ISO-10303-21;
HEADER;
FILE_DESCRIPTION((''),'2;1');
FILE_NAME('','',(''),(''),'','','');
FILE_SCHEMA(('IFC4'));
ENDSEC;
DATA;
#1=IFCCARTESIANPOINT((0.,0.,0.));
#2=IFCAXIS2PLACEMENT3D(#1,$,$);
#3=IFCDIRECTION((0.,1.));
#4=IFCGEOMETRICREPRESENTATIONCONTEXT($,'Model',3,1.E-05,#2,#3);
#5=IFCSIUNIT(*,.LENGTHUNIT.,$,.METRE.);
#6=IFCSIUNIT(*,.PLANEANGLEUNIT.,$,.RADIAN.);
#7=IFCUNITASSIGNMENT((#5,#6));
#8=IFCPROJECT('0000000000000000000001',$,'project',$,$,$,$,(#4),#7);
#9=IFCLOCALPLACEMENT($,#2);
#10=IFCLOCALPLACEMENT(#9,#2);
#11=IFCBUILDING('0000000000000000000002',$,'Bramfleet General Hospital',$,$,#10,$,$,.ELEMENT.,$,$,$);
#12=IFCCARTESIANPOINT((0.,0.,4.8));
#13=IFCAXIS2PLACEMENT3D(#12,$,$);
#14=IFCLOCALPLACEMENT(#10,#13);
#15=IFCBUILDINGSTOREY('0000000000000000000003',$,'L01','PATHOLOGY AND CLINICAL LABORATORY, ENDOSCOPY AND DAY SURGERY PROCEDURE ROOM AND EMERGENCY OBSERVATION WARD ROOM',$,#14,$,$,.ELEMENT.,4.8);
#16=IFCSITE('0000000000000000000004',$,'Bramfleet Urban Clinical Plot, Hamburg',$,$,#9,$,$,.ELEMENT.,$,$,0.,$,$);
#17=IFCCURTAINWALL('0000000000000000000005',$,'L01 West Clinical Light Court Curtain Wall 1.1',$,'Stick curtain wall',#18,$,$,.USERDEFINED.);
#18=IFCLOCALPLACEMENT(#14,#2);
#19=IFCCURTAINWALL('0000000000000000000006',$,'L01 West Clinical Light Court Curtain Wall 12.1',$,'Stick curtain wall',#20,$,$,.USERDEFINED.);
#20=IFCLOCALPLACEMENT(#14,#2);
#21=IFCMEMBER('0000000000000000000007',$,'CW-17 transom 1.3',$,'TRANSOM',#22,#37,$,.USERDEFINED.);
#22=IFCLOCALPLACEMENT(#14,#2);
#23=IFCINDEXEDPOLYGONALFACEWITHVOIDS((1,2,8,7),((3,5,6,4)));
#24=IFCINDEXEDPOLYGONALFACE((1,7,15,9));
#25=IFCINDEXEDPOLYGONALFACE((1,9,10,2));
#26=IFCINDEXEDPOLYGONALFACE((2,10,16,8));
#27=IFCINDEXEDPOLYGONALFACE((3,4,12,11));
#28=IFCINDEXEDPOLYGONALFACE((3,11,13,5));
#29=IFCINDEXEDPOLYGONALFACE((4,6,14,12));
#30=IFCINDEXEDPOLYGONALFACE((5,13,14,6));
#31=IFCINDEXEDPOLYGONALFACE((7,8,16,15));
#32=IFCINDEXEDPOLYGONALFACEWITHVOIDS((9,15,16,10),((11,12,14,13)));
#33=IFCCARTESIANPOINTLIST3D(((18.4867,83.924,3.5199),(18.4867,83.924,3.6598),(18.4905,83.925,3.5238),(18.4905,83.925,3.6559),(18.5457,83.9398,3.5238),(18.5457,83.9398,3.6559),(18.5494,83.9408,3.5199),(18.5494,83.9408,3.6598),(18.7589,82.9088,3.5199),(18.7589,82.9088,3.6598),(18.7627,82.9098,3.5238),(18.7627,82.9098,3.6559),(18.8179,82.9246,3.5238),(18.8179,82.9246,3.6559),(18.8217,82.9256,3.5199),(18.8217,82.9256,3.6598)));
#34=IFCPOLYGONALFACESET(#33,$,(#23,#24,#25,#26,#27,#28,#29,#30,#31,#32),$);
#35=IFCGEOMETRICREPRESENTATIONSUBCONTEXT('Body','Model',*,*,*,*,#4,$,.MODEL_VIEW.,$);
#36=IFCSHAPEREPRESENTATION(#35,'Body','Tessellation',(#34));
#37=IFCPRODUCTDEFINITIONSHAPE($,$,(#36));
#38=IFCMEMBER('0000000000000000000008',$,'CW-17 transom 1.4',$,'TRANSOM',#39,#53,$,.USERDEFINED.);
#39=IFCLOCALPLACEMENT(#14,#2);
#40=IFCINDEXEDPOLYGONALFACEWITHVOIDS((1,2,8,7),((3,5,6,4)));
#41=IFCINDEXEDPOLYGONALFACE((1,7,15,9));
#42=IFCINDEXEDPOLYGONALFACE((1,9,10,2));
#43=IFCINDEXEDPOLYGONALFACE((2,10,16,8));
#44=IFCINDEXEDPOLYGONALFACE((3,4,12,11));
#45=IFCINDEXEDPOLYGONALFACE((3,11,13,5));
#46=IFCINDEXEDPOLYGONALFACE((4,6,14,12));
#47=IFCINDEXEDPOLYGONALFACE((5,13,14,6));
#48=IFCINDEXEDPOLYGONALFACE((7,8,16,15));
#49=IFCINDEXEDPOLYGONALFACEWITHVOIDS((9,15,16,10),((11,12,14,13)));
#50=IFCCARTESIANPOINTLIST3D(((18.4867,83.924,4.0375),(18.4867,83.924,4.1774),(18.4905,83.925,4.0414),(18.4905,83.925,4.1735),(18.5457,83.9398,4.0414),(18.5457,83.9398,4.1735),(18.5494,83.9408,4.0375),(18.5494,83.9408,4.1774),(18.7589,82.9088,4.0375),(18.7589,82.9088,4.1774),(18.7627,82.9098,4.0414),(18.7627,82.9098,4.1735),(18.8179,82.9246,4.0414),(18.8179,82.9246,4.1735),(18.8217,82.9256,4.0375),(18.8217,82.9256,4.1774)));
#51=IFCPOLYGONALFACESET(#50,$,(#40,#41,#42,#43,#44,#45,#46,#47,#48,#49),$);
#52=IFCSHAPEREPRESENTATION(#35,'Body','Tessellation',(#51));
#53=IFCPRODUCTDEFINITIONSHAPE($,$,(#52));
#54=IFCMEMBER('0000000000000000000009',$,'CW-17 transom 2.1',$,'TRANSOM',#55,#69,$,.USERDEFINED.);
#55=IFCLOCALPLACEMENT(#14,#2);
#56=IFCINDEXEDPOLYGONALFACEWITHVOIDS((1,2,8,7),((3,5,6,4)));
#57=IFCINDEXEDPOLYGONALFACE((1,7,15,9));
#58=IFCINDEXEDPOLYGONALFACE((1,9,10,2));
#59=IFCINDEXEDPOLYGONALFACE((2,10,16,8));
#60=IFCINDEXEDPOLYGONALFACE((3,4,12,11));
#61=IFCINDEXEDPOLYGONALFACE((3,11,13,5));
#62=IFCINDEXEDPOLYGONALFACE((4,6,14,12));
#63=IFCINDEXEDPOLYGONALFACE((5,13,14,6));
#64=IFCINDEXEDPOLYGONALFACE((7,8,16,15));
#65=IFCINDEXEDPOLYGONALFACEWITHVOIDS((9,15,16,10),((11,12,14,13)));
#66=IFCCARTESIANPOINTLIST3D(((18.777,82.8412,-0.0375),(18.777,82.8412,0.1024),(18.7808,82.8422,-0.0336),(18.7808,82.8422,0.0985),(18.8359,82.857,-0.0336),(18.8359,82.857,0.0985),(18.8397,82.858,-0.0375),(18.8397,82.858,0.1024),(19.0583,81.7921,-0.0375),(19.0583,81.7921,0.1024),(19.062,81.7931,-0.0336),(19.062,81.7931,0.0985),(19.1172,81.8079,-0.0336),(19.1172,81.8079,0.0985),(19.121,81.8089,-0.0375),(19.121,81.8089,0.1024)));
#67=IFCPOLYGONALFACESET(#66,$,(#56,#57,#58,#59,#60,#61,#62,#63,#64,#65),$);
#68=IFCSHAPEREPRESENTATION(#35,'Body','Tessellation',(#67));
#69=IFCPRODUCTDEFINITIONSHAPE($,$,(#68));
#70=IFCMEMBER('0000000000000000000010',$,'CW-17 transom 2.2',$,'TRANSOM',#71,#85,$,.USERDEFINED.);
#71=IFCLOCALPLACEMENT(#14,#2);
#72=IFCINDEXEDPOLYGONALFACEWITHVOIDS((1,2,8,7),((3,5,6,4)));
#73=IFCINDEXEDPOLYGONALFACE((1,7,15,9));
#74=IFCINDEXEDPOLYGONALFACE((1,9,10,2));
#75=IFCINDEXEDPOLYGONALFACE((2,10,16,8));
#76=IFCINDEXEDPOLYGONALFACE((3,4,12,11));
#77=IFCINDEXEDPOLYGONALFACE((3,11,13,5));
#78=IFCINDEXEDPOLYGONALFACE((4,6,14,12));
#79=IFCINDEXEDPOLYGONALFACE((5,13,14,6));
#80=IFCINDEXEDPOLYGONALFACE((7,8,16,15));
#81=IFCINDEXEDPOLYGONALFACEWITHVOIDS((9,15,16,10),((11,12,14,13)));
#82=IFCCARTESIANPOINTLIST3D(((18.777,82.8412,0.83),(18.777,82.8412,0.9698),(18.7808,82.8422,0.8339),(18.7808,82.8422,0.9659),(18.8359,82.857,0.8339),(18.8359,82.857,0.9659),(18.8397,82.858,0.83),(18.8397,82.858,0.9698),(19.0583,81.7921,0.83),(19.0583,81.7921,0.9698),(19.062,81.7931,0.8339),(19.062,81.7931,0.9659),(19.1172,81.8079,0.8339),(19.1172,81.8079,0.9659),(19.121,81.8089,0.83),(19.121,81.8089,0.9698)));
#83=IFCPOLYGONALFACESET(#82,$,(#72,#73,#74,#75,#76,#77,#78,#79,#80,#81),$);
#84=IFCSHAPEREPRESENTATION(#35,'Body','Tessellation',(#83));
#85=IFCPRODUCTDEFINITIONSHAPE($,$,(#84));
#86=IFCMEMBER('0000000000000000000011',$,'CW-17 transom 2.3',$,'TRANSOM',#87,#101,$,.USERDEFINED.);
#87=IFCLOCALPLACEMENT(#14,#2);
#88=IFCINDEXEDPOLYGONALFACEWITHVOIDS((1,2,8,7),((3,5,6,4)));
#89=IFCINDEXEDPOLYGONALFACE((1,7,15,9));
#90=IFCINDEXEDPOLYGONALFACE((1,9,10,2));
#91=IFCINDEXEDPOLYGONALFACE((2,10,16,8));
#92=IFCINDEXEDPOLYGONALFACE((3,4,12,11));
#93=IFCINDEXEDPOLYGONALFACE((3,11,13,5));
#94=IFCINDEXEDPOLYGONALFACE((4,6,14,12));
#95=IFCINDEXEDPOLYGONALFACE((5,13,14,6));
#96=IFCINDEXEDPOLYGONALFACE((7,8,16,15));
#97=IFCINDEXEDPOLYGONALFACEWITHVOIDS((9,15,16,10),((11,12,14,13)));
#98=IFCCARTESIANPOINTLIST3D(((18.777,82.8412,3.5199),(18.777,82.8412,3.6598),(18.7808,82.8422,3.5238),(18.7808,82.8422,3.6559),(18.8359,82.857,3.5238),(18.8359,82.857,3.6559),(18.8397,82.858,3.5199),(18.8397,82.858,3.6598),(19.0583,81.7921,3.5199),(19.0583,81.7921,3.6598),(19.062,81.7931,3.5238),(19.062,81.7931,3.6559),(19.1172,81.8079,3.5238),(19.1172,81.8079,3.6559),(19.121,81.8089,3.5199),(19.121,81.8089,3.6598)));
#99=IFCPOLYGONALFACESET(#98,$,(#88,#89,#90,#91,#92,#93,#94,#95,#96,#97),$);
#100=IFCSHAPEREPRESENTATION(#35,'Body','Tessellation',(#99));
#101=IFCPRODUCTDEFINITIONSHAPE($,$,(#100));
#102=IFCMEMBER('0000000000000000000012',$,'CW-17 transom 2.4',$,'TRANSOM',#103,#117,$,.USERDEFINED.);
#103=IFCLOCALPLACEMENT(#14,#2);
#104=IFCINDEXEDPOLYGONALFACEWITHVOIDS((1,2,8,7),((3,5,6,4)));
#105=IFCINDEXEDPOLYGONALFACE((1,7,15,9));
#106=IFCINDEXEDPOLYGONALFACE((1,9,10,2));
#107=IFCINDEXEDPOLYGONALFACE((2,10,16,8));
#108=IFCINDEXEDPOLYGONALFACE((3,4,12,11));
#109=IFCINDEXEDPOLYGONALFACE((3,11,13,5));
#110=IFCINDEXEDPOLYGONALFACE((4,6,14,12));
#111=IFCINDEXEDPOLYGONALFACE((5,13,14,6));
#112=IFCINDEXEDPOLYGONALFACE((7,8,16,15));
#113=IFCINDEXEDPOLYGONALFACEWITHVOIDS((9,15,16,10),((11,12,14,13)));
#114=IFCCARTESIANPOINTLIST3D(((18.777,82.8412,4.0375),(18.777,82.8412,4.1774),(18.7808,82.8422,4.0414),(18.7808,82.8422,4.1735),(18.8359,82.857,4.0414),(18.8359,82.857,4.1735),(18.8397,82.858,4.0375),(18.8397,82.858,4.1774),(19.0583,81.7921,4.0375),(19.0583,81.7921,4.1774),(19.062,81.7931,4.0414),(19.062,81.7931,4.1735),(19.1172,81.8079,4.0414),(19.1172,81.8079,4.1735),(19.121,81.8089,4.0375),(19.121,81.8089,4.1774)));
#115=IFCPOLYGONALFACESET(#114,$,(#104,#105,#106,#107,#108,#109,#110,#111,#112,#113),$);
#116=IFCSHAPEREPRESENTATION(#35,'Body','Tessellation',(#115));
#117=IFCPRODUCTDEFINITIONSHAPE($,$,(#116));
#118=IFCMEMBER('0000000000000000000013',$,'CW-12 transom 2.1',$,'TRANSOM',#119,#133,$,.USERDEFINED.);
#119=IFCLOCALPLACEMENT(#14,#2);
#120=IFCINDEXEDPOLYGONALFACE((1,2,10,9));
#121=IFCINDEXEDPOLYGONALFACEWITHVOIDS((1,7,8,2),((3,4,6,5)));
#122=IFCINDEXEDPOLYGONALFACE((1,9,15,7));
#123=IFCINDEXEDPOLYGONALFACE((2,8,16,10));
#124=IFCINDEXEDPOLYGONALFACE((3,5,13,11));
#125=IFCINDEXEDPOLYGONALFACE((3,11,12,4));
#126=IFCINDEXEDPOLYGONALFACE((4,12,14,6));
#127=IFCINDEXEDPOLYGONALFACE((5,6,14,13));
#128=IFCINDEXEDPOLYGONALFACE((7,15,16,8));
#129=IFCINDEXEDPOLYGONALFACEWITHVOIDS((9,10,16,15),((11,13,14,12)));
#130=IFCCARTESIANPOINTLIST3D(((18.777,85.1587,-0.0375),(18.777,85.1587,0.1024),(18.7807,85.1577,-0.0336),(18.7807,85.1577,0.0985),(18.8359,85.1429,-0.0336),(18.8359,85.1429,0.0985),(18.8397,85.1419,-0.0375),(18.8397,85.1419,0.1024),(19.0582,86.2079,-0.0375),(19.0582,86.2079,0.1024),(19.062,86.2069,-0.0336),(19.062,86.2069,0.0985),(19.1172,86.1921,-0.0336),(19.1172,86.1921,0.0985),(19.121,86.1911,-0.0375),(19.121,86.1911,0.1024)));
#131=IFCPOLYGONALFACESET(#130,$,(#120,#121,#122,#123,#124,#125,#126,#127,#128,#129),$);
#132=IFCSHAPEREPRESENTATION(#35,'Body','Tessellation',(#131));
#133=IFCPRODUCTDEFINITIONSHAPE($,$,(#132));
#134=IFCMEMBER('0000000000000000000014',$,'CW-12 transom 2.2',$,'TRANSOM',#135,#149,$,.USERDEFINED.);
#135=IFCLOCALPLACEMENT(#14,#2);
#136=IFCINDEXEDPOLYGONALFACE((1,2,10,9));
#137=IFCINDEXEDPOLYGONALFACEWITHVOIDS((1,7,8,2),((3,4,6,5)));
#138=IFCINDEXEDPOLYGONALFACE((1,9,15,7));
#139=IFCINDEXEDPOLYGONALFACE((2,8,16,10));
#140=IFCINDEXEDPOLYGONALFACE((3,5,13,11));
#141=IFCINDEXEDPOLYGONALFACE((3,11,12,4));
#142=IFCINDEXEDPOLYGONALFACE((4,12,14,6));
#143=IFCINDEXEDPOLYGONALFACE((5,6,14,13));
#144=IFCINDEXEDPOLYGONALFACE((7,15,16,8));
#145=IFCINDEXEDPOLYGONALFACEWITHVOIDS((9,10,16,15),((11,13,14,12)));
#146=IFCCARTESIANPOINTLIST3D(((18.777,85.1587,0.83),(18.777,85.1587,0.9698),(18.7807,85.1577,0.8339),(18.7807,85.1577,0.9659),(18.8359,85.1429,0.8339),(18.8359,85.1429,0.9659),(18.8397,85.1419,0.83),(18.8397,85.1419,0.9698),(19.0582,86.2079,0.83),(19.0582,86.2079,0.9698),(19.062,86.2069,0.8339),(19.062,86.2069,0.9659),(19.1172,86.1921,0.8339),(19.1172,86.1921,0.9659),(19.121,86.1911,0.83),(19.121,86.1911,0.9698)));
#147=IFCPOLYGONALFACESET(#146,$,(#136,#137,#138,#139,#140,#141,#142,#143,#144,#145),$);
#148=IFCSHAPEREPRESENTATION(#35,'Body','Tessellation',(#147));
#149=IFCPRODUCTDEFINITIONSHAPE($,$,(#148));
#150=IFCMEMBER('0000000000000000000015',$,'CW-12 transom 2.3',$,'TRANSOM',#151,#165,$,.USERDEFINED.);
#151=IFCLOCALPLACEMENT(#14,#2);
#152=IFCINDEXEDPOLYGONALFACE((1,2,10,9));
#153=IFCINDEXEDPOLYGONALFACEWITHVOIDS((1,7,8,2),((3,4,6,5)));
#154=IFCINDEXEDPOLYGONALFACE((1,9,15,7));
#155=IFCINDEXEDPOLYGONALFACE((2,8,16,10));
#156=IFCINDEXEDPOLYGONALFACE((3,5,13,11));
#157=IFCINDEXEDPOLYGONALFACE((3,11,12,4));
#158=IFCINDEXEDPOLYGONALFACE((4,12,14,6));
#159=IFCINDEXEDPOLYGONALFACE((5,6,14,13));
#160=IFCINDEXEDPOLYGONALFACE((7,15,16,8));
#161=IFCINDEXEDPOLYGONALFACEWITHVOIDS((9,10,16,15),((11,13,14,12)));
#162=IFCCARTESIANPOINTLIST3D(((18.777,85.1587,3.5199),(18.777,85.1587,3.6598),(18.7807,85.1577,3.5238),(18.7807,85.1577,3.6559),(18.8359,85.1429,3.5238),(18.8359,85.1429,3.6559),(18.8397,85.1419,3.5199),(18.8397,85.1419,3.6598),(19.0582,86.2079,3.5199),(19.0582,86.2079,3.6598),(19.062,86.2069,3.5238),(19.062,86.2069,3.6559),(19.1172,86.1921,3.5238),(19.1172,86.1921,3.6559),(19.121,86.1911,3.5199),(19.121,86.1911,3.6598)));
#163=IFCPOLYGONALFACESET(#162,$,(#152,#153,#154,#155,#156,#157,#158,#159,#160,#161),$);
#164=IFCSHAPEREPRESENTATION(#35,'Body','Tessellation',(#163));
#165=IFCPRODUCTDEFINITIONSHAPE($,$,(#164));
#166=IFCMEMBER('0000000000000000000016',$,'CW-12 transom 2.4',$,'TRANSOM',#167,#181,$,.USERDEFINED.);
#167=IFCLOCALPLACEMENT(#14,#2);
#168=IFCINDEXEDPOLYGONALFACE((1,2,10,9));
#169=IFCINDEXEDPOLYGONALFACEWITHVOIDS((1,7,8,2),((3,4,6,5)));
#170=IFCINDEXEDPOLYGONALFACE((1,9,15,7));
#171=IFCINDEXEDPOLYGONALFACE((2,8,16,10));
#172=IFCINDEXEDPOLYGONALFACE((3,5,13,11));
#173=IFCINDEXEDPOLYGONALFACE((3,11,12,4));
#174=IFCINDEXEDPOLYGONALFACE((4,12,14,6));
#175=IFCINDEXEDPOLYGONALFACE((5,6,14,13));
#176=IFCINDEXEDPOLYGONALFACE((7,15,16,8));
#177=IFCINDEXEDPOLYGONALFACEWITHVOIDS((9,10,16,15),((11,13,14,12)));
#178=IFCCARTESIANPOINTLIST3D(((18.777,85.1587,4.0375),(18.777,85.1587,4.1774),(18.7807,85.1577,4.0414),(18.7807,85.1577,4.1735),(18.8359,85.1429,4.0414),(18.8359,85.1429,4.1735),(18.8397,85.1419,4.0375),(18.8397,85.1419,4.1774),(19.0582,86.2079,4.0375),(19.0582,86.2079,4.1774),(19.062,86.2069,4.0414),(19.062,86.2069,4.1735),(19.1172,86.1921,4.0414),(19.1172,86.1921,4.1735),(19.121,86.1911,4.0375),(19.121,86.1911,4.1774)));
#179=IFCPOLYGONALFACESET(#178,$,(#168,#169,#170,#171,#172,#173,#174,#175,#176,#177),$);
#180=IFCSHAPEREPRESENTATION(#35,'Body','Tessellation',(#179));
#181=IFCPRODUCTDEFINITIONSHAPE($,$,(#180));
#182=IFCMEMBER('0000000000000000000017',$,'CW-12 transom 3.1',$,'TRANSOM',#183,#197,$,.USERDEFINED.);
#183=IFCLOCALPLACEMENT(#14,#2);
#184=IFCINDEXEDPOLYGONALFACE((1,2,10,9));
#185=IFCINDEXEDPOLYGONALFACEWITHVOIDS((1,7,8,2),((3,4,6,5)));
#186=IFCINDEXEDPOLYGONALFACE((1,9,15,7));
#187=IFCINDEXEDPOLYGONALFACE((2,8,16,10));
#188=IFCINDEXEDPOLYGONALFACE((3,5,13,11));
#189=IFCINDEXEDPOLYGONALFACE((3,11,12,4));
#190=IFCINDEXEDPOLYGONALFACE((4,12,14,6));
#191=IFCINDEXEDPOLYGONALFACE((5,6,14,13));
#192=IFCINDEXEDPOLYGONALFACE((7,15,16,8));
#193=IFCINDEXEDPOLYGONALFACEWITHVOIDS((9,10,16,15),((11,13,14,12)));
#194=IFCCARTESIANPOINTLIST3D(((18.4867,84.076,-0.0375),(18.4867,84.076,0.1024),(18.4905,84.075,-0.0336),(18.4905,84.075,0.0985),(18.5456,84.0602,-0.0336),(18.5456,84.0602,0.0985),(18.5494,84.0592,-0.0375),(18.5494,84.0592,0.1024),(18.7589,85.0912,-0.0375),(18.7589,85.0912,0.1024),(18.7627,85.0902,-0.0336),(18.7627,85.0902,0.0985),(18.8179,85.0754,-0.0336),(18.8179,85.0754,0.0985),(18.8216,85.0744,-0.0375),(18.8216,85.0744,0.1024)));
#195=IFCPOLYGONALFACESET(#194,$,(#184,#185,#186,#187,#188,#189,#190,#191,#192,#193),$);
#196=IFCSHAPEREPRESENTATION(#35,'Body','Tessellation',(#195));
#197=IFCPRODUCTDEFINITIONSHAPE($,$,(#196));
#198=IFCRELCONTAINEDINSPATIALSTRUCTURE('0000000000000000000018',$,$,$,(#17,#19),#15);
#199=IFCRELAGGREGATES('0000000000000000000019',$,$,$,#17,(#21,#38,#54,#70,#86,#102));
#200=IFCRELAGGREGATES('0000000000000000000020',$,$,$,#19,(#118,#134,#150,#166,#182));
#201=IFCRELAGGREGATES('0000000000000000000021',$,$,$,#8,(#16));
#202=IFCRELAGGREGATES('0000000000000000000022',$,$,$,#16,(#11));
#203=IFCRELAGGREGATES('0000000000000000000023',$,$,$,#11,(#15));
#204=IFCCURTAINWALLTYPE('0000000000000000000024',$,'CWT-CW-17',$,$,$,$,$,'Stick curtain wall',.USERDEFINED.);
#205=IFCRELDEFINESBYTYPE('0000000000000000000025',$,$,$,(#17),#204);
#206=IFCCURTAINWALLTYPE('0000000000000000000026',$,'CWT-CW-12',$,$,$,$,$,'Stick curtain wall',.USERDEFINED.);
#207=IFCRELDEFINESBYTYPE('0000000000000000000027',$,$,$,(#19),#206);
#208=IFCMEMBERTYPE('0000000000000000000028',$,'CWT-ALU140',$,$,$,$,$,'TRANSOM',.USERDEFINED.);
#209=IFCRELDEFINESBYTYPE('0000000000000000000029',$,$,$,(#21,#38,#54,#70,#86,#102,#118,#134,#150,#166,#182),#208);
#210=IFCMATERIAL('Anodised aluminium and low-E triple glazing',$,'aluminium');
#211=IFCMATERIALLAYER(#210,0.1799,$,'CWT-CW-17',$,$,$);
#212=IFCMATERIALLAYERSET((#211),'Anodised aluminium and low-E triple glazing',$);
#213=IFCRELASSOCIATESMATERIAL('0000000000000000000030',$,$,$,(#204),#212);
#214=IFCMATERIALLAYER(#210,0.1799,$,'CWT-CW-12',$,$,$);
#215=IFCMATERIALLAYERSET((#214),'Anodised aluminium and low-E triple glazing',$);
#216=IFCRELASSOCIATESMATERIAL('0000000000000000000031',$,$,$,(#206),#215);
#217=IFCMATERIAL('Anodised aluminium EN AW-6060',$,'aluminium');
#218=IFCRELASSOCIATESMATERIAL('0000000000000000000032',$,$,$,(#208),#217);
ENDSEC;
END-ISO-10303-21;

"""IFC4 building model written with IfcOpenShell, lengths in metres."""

from ifc_helpers import new_model, si_unit, direction, frame, origin, origin_2d, place, context, subcontext, project, spatial, hollow_rectangle, extrude, material, layer, layer_set, material_profile, profile_set, type_object, element, aggregate, save


model = new_model("IFC4")

# Units and contexts
model_context = context("Model", 3, precision=1e-05, world=origin(), true_north=direction((0.0, 1.0)))
body_context = subcontext(model_context, "Body", "Model", "MODEL_VIEW")
ifc_project = project(units=[si_unit("LENGTHUNIT", "METRE"), si_unit("PLANEANGLEUNIT", "RADIAN")], contexts=[model_context])

# Site, building, storey
site_placement = place(None, origin())
site = spatial("IfcSite", under=ifc_project, at=site_placement, Name="Bramfleet Urban Clinical Plot, Hamburg", CompositionType="ELEMENT", RefElevation=0.0)
building_placement = place(site_placement, origin())
building = spatial("IfcBuilding", under=site, at=building_placement, Name="Bramfleet General Hospital", CompositionType="ELEMENT")
storey_placement = place(building_placement, frame((0.0, 0.0, 4.8)))
storey = spatial("IfcBuildingStorey", under=building, at=storey_placement, Name="L01", Description="PATHOLOGY AND CLINICAL LABORATORY, ENDOSCOPY AND DAY SURGERY PROCEDURE ROOM AND EMERGENCY OBSERVATION WARD ROOM", CompositionType="ELEMENT", Elevation=4.8)

# Curtain walls
ifc_material_1 = material(Name="Anodised aluminium and low-E triple glazing", Category="aluminium")
ifc_layer_1 = layer(ifc_material_1, 0.1799, Name="CWT-CW-17")
ifc_layer_set_1 = layer_set([ifc_layer_1], Name="Anodised aluminium and low-E triple glazing")
curtain_wall_type_1 = type_object("IfcCurtainWallType", Name="CWT-CW-17", ElementType="Stick curtain wall", PredefinedType="USERDEFINED", material=ifc_layer_set_1)
curtain_wall_1_placement = place(storey_placement, origin())
curtain_wall_1 = element("IfcCurtainWall", 1, at=curtain_wall_1_placement, inside=storey, type_object=curtain_wall_type_1, Name="L01 West Clinical Light Court Curtain Wall 1.1", ObjectType="Stick curtain wall", PredefinedType="USERDEFINED")
ifc_material_2 = material(Name="Anodised aluminium EN AW-6060", Category="aluminium")
ifc_layer_2 = layer(ifc_material_1, 0.1799, Name="CWT-CW-12")
ifc_layer_set_2 = layer_set([ifc_layer_2], Name="Anodised aluminium and low-E triple glazing")
curtain_wall_type_2 = type_object("IfcCurtainWallType", Name="CWT-CW-12", ElementType="Stick curtain wall", PredefinedType="USERDEFINED", material=ifc_layer_set_2)
curtain_wall_2_placement = place(storey_placement, origin())
curtain_wall_2 = element("IfcCurtainWall", 2, at=curtain_wall_2_placement, inside=storey, type_object=curtain_wall_type_2, Name="L01 West Clinical Light Court Curtain Wall 12.1", ObjectType="Stick curtain wall", PredefinedType="USERDEFINED")

# Members
ifc_material_profile_1 = material_profile(ifc_material_2, hollow_rectangle(XDim=0.0649, YDim=0.1399, WallThickness=0.0039, at=origin_2d()), Name="ALU 140x65x4.0")
ifc_profile_set_1 = profile_set([ifc_material_profile_1], Name="Anodised aluminium EN AW-6060")
member_type_1 = type_object("IfcMemberType", Name="CWT-ALU140", ElementType="TRANSOM", PredefinedType="USERDEFINED", material=ifc_profile_set_1)
member_1_placement = place(storey_placement, frame((18.5181, 83.9324, 3.5898), z_axis=(0.259007, -0.965875, 0.0), x_axis=(0.965875, 0.259007, 0.0)))
member_1 = element("IfcMember", 3, at=member_1_placement, type_object=member_type_1, Name="CW-17 transom 1.3", ObjectType="TRANSOM", PredefinedType="USERDEFINED", context=body_context, shape_type="SweptSolid", body=[
    extrude(hollow_rectangle(XDim=0.0649, YDim=0.1399, WallThickness=0.0039, at=origin_2d()), origin(), (0.0, 0.0, 1.0), 1.051),
])
member_2_placement = place(storey_placement, frame((18.5181, 83.9324, 4.1074), z_axis=(0.259007, -0.965875, 0.0), x_axis=(0.965875, 0.259007, 0.0)))
member_2 = element("IfcMember", 4, at=member_2_placement, type_object=member_type_1, Name="CW-17 transom 1.4", ObjectType="TRANSOM", PredefinedType="USERDEFINED", context=body_context, shape_type="SweptSolid", body=[
    extrude(hollow_rectangle(XDim=0.0649, YDim=0.1399, WallThickness=0.0039, at=origin_2d()), origin(), (0.0, 0.0, 1.0), 1.051),
])
member_3_placement = place(storey_placement, frame((18.8083, 82.8496, 0.0325), z_axis=(0.25895, -0.965891, 0.0), x_axis=(0.965891, 0.25895, 0.0)))
member_3 = element("IfcMember", 5, at=member_3_placement, type_object=member_type_1, Name="CW-17 transom 2.1", ObjectType="TRANSOM", PredefinedType="USERDEFINED", context=body_context, shape_type="SweptSolid", body=[
    extrude(hollow_rectangle(XDim=0.0649, YDim=0.1399, WallThickness=0.0039, at=origin_2d()), origin(), (0.0, 0.0, 1.0), 1.0862),
])
member_4_placement = place(storey_placement, frame((18.8083, 82.8496, 0.8999), z_axis=(0.25895, -0.965891, 0.0), x_axis=(0.965891, 0.25895, 0.0)))
member_4 = element("IfcMember", 6, at=member_4_placement, type_object=member_type_1, Name="CW-17 transom 2.2", ObjectType="TRANSOM", PredefinedType="USERDEFINED", context=body_context, shape_type="SweptSolid", body=[
    extrude(hollow_rectangle(XDim=0.0649, YDim=0.1399, WallThickness=0.0039, at=origin_2d()), origin(), (0.0, 0.0, 1.0), 1.0862),
])
member_5_placement = place(storey_placement, frame((18.8083, 82.8496, 3.5898), z_axis=(0.25895, -0.965891, 0.0), x_axis=(0.965891, 0.25895, 0.0)))
member_5 = element("IfcMember", 7, at=member_5_placement, type_object=member_type_1, Name="CW-17 transom 2.3", ObjectType="TRANSOM", PredefinedType="USERDEFINED", context=body_context, shape_type="SweptSolid", body=[
    extrude(hollow_rectangle(XDim=0.0649, YDim=0.1399, WallThickness=0.0039, at=origin_2d()), origin(), (0.0, 0.0, 1.0), 1.0862),
])
member_6_placement = place(storey_placement, frame((18.8083, 82.8496, 4.1074), z_axis=(0.25895, -0.965891, 0.0), x_axis=(0.965891, 0.25895, 0.0)))
member_6 = element("IfcMember", 8, at=member_6_placement, type_object=member_type_1, Name="CW-17 transom 2.4", ObjectType="TRANSOM", PredefinedType="USERDEFINED", context=body_context, shape_type="SweptSolid", body=[
    extrude(hollow_rectangle(XDim=0.0649, YDim=0.1399, WallThickness=0.0039, at=origin_2d()), origin(), (0.0, 0.0, 1.0), 1.0862),
])
member_7_placement = place(storey_placement, frame((19.0896, 86.1995, 0.0325), z_axis=(-0.25895, -0.965891, 0.0), x_axis=(0.965891, -0.25895, 0.0)))
member_7 = element("IfcMember", 9, at=member_7_placement, type_object=member_type_1, Name="CW-12 transom 2.1", ObjectType="TRANSOM", PredefinedType="USERDEFINED", context=body_context, shape_type="SweptSolid", body=[
    extrude(hollow_rectangle(XDim=0.0649, YDim=0.1399, WallThickness=0.0039, at=origin_2d()), origin(), (0.0, 0.0, 1.0), 1.0862),
])
member_8_placement = place(storey_placement, frame((19.0896, 86.1995, 0.8999), z_axis=(-0.25895, -0.965891, 0.0), x_axis=(0.965891, -0.25895, 0.0)))
member_8 = element("IfcMember", 10, at=member_8_placement, type_object=member_type_1, Name="CW-12 transom 2.2", ObjectType="TRANSOM", PredefinedType="USERDEFINED", context=body_context, shape_type="SweptSolid", body=[
    extrude(hollow_rectangle(XDim=0.0649, YDim=0.1399, WallThickness=0.0039, at=origin_2d()), origin(), (0.0, 0.0, 1.0), 1.0862),
])
member_9_placement = place(storey_placement, frame((19.0896, 86.1995, 3.5898), z_axis=(-0.25895, -0.965891, 0.0), x_axis=(0.965891, -0.25895, 0.0)))
member_9 = element("IfcMember", 11, at=member_9_placement, type_object=member_type_1, Name="CW-12 transom 2.3", ObjectType="TRANSOM", PredefinedType="USERDEFINED", context=body_context, shape_type="SweptSolid", body=[
    extrude(hollow_rectangle(XDim=0.0649, YDim=0.1399, WallThickness=0.0039, at=origin_2d()), origin(), (0.0, 0.0, 1.0), 1.0862),
])
member_10_placement = place(storey_placement, frame((19.0896, 86.1995, 4.1074), z_axis=(-0.25895, -0.965891, 0.0), x_axis=(0.965891, -0.25895, 0.0)))
member_10 = element("IfcMember", 12, at=member_10_placement, type_object=member_type_1, Name="CW-12 transom 2.4", ObjectType="TRANSOM", PredefinedType="USERDEFINED", context=body_context, shape_type="SweptSolid", body=[
    extrude(hollow_rectangle(XDim=0.0649, YDim=0.1399, WallThickness=0.0039, at=origin_2d()), origin(), (0.0, 0.0, 1.0), 1.0862),
])
member_11_placement = place(storey_placement, frame((18.7903, 85.0828, 0.0325), z_axis=(-0.259007, -0.965875, 0.0), x_axis=(0.965875, -0.259007, 0.0)))
member_11 = element("IfcMember", 13, at=member_11_placement, type_object=member_type_1, Name="CW-12 transom 3.1", ObjectType="TRANSOM", PredefinedType="USERDEFINED", context=body_context, shape_type="SweptSolid", body=[
    extrude(hollow_rectangle(XDim=0.0649, YDim=0.1399, WallThickness=0.0039, at=origin_2d()), origin(), (0.0, 0.0, 1.0), 1.051),
])

aggregate(curtain_wall_1, [member_1, member_2, member_3, member_4, member_5, member_6])
aggregate(curtain_wall_2, [member_7, member_8, member_9, member_10, member_11])

save(model, "model.ifc")
